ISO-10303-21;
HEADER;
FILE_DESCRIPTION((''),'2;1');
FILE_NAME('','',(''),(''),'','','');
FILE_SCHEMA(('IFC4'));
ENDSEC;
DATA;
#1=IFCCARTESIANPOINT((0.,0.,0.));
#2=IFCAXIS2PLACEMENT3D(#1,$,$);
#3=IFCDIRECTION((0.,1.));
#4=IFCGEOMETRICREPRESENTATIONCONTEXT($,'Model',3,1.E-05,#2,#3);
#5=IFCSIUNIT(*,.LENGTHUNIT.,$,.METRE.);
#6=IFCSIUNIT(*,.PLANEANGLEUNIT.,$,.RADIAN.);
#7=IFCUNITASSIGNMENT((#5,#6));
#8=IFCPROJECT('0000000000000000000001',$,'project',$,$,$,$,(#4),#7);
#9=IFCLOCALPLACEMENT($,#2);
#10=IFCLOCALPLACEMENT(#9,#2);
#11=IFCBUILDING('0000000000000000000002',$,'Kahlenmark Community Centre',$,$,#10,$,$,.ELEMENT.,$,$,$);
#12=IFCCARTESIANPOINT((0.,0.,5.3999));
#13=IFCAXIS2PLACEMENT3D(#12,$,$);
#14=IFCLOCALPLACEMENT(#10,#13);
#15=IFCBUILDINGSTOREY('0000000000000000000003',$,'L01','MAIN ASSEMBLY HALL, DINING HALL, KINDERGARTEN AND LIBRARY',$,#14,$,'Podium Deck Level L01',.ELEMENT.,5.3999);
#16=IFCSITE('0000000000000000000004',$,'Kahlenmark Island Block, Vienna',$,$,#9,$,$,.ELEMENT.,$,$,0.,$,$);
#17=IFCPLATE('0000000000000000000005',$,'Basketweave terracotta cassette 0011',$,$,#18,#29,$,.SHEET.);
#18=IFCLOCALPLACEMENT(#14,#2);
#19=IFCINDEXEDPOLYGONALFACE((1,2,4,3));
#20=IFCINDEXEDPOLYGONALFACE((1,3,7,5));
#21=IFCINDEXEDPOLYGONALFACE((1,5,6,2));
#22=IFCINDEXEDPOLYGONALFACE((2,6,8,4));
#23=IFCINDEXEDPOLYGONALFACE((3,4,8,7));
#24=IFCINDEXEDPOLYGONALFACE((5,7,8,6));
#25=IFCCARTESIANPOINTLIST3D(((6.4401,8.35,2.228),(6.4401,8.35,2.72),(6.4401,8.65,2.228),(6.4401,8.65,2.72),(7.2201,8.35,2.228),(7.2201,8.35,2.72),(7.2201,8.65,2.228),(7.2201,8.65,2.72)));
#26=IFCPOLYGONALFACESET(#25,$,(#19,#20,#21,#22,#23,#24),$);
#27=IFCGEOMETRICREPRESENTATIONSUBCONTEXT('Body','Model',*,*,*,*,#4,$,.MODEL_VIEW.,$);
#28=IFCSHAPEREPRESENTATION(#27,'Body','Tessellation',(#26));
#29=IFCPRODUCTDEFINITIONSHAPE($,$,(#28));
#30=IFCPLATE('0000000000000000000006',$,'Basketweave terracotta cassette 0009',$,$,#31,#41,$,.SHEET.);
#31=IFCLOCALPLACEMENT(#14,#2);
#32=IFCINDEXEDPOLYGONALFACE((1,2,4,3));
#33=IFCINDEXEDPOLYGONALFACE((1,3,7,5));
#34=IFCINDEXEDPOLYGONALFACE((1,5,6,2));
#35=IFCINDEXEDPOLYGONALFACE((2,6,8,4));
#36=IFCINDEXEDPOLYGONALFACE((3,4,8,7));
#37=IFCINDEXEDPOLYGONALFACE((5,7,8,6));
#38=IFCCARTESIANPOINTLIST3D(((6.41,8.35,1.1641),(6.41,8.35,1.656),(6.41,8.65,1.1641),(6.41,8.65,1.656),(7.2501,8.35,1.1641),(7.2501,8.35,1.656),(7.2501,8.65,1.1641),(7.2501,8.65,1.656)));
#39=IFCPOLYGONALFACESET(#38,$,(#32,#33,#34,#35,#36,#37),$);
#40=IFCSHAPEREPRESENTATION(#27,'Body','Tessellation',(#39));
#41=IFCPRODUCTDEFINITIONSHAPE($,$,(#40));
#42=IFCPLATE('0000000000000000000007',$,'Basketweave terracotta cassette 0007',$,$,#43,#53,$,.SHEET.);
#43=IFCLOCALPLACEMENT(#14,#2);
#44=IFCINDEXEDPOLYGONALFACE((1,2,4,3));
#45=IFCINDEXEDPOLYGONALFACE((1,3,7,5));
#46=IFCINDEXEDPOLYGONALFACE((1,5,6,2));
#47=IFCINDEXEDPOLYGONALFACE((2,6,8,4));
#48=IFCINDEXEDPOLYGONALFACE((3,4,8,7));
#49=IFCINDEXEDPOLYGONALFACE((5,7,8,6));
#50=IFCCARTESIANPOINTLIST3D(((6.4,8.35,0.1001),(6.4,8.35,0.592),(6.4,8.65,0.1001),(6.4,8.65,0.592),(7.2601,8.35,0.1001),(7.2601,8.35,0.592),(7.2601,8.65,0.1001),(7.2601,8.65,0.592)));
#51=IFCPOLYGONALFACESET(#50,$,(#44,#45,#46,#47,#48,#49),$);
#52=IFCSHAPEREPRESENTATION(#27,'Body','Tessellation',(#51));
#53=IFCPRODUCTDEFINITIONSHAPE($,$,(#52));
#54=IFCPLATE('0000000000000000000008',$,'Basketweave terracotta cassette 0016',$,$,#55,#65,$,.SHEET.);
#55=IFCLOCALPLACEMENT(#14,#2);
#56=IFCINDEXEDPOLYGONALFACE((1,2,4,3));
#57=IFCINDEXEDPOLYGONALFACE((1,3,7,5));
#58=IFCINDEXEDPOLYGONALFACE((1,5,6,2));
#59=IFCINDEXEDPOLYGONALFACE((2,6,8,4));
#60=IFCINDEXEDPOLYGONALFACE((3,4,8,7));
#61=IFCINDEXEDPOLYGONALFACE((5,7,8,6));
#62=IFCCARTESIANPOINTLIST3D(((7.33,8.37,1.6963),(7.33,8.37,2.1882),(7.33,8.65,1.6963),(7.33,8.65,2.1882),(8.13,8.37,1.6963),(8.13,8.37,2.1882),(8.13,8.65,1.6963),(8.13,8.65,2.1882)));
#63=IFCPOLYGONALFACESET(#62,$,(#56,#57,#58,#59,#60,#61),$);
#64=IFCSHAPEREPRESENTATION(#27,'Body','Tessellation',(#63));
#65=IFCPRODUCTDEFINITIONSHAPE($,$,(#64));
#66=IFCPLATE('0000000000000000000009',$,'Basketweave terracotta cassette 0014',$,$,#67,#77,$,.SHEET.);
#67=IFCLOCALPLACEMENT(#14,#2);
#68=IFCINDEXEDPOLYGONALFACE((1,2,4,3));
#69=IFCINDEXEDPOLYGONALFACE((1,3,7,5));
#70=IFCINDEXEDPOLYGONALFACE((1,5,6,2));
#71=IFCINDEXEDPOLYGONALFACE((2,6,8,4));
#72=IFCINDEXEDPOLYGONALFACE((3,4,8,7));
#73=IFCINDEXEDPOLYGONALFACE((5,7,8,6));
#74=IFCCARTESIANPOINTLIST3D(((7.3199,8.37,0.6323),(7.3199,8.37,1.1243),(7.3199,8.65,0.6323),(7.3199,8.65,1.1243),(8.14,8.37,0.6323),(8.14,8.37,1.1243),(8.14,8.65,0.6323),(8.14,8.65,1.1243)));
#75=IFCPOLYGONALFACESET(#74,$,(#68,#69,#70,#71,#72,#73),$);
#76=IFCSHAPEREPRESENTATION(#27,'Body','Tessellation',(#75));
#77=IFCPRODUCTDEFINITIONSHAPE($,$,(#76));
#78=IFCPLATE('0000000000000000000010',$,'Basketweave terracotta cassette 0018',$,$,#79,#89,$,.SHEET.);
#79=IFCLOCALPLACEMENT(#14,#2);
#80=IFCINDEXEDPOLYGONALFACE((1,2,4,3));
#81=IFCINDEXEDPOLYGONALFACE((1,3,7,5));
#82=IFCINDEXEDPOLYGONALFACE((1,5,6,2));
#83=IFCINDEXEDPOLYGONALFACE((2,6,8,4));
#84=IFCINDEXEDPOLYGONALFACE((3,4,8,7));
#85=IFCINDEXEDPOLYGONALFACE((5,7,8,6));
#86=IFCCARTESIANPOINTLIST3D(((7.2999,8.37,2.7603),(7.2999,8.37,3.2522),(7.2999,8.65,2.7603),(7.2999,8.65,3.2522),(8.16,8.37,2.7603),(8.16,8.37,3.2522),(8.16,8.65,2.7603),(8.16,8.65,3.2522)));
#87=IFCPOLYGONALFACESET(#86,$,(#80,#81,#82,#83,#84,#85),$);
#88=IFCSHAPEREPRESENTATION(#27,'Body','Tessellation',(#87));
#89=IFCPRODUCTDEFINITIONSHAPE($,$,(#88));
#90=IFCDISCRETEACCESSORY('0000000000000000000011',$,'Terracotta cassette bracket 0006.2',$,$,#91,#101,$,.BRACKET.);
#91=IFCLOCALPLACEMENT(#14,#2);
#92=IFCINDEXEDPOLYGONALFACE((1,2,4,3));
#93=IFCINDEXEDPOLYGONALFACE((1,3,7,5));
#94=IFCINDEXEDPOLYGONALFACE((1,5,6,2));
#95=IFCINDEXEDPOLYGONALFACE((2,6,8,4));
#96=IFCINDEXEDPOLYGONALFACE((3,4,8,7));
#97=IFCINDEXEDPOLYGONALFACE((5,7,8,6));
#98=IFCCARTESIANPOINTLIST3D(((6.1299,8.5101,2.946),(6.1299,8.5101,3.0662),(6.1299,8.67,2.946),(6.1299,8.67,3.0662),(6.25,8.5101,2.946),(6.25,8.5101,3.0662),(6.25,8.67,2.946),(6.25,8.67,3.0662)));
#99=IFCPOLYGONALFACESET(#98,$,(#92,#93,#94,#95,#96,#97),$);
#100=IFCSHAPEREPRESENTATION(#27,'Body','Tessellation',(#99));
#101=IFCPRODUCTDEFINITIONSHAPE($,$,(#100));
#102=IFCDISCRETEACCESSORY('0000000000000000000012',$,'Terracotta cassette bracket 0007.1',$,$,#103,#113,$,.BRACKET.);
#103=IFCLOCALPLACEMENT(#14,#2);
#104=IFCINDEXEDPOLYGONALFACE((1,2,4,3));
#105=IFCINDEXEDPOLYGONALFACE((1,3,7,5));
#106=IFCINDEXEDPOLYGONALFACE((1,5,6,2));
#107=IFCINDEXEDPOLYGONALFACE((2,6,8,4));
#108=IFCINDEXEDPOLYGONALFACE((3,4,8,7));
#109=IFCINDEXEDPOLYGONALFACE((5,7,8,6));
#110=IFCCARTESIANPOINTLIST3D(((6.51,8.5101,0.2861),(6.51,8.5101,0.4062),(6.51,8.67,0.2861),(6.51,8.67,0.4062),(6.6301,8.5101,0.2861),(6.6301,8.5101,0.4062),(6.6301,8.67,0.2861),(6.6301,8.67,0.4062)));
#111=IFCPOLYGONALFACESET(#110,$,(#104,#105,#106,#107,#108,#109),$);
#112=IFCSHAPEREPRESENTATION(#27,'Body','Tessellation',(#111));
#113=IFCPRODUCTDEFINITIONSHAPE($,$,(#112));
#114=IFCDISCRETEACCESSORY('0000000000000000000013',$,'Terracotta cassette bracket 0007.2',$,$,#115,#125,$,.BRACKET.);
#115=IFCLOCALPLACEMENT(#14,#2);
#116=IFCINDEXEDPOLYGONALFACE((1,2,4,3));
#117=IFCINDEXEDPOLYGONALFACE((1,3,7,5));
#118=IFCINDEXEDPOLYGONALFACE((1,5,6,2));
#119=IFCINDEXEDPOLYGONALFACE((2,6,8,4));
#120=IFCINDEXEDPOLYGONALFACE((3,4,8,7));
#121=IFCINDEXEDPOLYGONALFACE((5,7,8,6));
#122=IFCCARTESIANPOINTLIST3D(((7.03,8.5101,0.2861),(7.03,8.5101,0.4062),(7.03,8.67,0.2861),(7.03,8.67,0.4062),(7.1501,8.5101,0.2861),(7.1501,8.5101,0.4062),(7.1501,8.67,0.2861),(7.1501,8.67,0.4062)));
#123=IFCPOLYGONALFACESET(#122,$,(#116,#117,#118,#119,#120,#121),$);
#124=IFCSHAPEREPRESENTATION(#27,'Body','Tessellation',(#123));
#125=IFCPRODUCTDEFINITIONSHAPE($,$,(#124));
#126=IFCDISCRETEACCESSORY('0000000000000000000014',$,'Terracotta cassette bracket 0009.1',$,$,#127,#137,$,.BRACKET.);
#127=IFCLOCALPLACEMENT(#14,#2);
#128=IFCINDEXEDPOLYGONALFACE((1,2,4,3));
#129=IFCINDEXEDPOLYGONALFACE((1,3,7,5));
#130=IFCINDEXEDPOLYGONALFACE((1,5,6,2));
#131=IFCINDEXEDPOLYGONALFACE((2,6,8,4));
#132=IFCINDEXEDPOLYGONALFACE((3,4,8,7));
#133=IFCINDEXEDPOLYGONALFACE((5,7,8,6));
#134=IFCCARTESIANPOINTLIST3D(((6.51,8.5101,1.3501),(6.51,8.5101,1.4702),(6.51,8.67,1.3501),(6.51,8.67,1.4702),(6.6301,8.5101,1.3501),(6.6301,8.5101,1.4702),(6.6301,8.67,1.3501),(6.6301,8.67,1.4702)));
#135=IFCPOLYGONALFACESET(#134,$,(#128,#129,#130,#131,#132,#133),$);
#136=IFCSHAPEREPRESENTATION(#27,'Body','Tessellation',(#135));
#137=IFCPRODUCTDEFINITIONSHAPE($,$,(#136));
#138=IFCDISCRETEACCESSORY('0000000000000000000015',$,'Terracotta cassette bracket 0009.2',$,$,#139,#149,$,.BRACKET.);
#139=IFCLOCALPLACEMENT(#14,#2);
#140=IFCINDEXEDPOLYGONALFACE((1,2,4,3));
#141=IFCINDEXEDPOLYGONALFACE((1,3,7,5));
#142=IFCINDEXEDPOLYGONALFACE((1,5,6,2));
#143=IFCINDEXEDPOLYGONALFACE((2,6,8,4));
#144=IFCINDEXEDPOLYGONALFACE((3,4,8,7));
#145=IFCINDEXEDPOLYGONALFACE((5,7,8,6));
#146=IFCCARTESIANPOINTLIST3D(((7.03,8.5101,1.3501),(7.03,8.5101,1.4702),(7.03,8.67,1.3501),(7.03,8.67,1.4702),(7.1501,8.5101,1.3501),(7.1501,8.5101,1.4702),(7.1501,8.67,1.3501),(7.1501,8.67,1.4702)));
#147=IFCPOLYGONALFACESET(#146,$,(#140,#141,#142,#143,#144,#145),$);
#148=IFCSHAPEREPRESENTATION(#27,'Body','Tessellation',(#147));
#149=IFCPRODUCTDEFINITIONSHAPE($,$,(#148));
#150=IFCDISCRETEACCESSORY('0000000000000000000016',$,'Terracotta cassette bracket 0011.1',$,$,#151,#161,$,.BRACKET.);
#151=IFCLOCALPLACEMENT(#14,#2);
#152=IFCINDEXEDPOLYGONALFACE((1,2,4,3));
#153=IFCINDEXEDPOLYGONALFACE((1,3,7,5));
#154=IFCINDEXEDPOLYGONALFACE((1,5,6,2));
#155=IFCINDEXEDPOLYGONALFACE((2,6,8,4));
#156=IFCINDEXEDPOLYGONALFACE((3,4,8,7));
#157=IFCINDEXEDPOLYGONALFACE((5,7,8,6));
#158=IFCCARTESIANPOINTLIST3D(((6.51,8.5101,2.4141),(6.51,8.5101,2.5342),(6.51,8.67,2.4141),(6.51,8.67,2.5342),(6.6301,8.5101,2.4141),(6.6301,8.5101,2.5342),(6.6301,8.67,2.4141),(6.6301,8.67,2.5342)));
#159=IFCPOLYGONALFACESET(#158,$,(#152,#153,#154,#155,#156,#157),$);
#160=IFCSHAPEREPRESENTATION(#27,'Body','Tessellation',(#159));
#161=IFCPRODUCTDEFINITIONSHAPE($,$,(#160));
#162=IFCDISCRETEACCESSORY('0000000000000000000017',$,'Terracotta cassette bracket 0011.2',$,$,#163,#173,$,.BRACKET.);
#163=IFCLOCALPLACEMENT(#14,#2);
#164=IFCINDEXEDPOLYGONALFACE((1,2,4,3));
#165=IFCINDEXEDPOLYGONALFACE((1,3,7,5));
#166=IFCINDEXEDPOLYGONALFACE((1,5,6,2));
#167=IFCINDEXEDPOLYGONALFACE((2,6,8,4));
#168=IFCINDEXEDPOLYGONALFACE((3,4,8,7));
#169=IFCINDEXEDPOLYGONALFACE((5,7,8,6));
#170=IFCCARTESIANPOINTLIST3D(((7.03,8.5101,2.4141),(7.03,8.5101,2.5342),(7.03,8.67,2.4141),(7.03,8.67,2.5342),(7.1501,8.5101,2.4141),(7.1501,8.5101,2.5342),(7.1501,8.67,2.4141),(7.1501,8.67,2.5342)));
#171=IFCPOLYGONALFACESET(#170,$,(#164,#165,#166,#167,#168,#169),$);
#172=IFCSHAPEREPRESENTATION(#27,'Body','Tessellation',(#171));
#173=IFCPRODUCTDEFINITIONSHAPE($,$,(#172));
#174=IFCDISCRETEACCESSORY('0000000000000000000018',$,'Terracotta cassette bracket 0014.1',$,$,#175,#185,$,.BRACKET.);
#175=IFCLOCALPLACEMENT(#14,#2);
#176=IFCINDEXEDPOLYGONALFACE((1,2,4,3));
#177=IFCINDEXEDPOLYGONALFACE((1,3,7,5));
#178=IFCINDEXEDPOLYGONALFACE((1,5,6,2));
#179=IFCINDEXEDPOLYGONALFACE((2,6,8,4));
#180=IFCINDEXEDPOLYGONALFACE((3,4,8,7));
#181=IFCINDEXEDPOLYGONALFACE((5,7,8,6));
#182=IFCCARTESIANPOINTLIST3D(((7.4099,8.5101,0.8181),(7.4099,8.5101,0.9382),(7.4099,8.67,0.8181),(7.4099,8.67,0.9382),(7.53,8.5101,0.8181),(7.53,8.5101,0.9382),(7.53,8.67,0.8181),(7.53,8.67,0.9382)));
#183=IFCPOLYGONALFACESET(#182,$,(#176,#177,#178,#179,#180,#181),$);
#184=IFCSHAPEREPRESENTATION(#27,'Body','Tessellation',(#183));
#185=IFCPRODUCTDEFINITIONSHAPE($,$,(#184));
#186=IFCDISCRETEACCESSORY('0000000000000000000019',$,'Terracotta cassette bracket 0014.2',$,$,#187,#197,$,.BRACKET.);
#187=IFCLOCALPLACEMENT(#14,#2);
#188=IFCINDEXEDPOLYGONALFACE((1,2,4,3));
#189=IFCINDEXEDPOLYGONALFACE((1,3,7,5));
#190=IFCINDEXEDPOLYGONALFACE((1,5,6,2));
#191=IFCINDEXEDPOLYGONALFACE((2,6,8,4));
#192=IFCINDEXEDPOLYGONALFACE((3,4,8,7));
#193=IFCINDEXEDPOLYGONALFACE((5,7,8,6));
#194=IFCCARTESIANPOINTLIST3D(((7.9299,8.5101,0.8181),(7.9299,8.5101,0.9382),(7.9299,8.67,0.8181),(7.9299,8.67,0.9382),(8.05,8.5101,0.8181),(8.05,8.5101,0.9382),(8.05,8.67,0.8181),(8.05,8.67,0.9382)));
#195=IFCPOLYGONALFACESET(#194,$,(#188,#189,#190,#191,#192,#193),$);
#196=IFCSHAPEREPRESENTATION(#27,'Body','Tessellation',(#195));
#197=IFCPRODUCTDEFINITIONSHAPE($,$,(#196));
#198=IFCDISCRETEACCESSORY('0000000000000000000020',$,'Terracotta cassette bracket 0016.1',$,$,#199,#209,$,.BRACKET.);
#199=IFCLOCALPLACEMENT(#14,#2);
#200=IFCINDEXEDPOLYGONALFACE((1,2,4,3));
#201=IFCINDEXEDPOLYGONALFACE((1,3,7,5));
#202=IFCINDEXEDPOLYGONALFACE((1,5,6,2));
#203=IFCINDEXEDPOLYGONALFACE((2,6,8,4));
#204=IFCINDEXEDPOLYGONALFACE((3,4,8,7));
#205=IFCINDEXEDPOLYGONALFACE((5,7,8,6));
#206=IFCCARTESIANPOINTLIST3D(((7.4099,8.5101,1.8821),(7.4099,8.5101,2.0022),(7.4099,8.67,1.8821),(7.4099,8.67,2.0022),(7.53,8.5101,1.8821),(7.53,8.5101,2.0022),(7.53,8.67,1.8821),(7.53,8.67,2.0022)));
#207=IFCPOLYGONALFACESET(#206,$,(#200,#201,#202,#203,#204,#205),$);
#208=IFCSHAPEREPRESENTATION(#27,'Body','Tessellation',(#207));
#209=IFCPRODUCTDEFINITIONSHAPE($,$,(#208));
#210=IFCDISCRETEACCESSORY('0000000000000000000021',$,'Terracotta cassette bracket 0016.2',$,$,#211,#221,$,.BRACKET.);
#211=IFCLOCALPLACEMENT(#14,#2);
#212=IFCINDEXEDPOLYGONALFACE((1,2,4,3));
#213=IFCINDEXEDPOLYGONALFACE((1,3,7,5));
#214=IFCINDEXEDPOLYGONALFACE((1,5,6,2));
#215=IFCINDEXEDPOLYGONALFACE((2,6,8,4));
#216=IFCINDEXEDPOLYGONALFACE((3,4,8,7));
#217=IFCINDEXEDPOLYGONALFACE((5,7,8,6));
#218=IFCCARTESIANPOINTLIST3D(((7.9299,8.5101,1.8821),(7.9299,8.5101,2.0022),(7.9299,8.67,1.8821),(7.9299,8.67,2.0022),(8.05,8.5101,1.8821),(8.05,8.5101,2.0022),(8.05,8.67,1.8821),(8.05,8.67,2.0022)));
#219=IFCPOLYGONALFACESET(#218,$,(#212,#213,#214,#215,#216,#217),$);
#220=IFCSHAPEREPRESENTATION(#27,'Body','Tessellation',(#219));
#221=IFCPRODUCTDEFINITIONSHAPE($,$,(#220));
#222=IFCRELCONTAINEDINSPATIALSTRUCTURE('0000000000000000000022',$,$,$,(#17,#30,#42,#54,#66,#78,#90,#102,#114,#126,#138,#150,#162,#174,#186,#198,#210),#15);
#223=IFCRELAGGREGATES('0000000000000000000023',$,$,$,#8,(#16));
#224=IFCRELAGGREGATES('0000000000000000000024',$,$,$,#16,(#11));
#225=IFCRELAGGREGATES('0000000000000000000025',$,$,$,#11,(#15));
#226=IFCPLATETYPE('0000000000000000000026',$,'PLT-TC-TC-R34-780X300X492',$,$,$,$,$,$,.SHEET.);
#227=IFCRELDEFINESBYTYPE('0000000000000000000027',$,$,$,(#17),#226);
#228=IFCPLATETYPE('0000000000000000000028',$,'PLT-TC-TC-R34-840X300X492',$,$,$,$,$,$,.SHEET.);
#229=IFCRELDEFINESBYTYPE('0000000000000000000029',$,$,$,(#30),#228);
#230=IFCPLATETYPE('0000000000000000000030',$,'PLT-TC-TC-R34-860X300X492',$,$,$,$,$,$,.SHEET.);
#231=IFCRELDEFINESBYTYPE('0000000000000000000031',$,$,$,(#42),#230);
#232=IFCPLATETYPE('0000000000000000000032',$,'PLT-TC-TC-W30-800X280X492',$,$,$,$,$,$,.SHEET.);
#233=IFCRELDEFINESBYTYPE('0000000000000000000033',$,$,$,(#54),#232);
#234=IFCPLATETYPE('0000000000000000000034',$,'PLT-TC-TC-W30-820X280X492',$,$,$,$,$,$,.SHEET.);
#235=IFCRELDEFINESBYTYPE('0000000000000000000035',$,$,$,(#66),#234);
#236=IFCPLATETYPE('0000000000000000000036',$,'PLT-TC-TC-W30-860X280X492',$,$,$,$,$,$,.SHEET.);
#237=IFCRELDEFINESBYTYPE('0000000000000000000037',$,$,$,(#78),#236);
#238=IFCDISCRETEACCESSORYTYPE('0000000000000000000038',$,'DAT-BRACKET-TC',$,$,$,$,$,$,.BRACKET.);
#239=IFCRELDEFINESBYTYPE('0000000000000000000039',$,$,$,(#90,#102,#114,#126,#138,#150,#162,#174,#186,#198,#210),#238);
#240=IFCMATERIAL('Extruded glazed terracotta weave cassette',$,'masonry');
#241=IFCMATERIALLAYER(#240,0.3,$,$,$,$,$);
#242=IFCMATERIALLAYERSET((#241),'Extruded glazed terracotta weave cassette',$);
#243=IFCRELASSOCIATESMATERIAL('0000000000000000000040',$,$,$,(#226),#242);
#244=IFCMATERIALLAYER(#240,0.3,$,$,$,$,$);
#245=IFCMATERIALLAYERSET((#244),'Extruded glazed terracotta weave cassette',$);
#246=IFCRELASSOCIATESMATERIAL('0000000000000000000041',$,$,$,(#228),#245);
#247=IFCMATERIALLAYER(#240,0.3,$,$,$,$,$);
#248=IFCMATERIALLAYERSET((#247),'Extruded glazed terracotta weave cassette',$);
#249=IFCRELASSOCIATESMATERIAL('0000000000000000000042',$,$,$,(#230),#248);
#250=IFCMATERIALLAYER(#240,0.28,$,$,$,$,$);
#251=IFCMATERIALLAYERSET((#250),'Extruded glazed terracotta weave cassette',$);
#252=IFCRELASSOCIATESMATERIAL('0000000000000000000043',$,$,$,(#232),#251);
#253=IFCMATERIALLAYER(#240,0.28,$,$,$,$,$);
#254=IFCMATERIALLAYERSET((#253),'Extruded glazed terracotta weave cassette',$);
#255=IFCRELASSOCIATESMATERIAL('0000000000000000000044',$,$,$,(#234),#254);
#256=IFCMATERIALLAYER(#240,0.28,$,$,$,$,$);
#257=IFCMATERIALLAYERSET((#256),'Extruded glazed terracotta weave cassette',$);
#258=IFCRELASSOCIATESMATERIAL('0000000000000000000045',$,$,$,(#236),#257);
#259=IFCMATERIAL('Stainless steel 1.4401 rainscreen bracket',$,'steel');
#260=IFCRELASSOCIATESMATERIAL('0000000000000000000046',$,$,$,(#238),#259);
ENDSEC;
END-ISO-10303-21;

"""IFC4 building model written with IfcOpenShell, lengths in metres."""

from ifc_helpers import new_model, si_unit, direction, frame, origin, origin_2d, place, context, subcontext, project, spatial, rectangle, extrude, material, layer, layer_set, type_object, element, save


model = new_model("IFC4")

# Units and contexts
model_context = context("Model", 3, precision=1e-05, world=origin(), true_north=direction((0.0, 1.0)))
body_context = subcontext(model_context, "Body", "Model", "MODEL_VIEW")
ifc_project = project(units=[si_unit("LENGTHUNIT", "METRE"), si_unit("PLANEANGLEUNIT", "RADIAN")], contexts=[model_context])

# Site, building, storey
site_placement = place(None, origin())
site = spatial("IfcSite", under=ifc_project, at=site_placement, Name="Kahlenmark Island Block, Vienna", CompositionType="ELEMENT", RefElevation=0.0)
building_placement = place(site_placement, origin())
building = spatial("IfcBuilding", under=site, at=building_placement, Name="Kahlenmark Community Centre", CompositionType="ELEMENT")
storey_placement = place(building_placement, frame((0.0, 0.0, 5.3999)))
storey = spatial("IfcBuildingStorey", under=building, at=storey_placement, Name="L01", Description="MAIN ASSEMBLY HALL, DINING HALL, KINDERGARTEN AND LIBRARY", LongName="Podium Deck Level L01", CompositionType="ELEMENT", Elevation=5.3999)

# Plates
ifc_material_1 = material(Name="Extruded glazed terracotta weave cassette", Category="masonry")
ifc_layer_1 = layer(ifc_material_1, 0.3)
ifc_layer_set_1 = layer_set([ifc_layer_1], Name="Extruded glazed terracotta weave cassette")
plate_type_1 = type_object("IfcPlateType", Name="PLT-TC-TC-R34-780X300X492", PredefinedType="SHEET", material=ifc_layer_set_1)
plate_1_placement = place(storey_placement, frame((6.8301, 8.5, 2.228), z_axis=(0.0, 0.0, 1.0), x_axis=(1.0, 0.0, 0.0)))
element("IfcPlate", 1, at=plate_1_placement, inside=storey, type_object=plate_type_1, Name="Basketweave terracotta cassette 0011", PredefinedType="SHEET", context=body_context, shape_type="SweptSolid", body=[
    extrude(rectangle(XDim=0.78, YDim=0.3, at=origin_2d()), origin(), (0.0, 0.0, 1.0), 0.4919),
])
ifc_layer_2 = layer(ifc_material_1, 0.3)
ifc_layer_set_2 = layer_set([ifc_layer_2], Name="Extruded glazed terracotta weave cassette")
plate_type_2 = type_object("IfcPlateType", Name="PLT-TC-TC-R34-840X300X492", PredefinedType="SHEET", material=ifc_layer_set_2)
plate_2_placement = place(storey_placement, frame((6.8301, 8.5, 1.1641), z_axis=(0.0, 0.0, 1.0), x_axis=(1.0, 0.0, 0.0)))
element("IfcPlate", 2, at=plate_2_placement, inside=storey, type_object=plate_type_2, Name="Basketweave terracotta cassette 0009", PredefinedType="SHEET", context=body_context, shape_type="SweptSolid", body=[
    extrude(rectangle(XDim=0.8401, YDim=0.3, at=origin_2d()), origin(), (0.0, 0.0, 1.0), 0.4919),
])
ifc_layer_3 = layer(ifc_material_1, 0.3)
ifc_layer_set_3 = layer_set([ifc_layer_3], Name="Extruded glazed terracotta weave cassette")
plate_type_3 = type_object("IfcPlateType", Name="PLT-TC-TC-R34-860X300X492", PredefinedType="SHEET", material=ifc_layer_set_3)
plate_3_placement = place(storey_placement, frame((6.8301, 8.5, 0.1001), z_axis=(0.0, 0.0, 1.0), x_axis=(1.0, 0.0, 0.0)))
element("IfcPlate", 3, at=plate_3_placement, inside=storey, type_object=plate_type_3, Name="Basketweave terracotta cassette 0007", PredefinedType="SHEET", context=body_context, shape_type="SweptSolid", body=[
    extrude(rectangle(XDim=0.8601, YDim=0.3, at=origin_2d()), origin(), (0.0, 0.0, 1.0), 0.4919),
])
ifc_layer_4 = layer(ifc_material_1, 0.28)
ifc_layer_set_4 = layer_set([ifc_layer_4], Name="Extruded glazed terracotta weave cassette")
plate_type_4 = type_object("IfcPlateType", Name="PLT-TC-TC-W30-800X280X492", PredefinedType="SHEET", material=ifc_layer_set_4)
plate_4_placement = place(storey_placement, frame((7.73, 8.51, 1.6963), z_axis=(0.0, 0.0, 1.0), x_axis=(1.0, 0.0, 0.0)))
element("IfcPlate", 4, at=plate_4_placement, inside=storey, type_object=plate_type_4, Name="Basketweave terracotta cassette 0016", PredefinedType="SHEET", context=body_context, shape_type="SweptSolid", body=[
    extrude(rectangle(XDim=0.8, YDim=0.28, at=origin_2d()), origin(), (0.0, 0.0, 1.0), 0.4919),
])
ifc_layer_5 = layer(ifc_material_1, 0.28)
ifc_layer_set_5 = layer_set([ifc_layer_5], Name="Extruded glazed terracotta weave cassette")
plate_type_5 = type_object("IfcPlateType", Name="PLT-TC-TC-W30-820X280X492", PredefinedType="SHEET", material=ifc_layer_set_5)
plate_5_placement = place(storey_placement, frame((7.73, 8.51, 0.6323), z_axis=(0.0, 0.0, 1.0), x_axis=(1.0, 0.0, 0.0)))
element("IfcPlate", 5, at=plate_5_placement, inside=storey, type_object=plate_type_5, Name="Basketweave terracotta cassette 0014", PredefinedType="SHEET", context=body_context, shape_type="SweptSolid", body=[
    extrude(rectangle(XDim=0.8201, YDim=0.28, at=origin_2d()), origin(), (0.0, 0.0, 1.0), 0.4919),
])
ifc_layer_6 = layer(ifc_material_1, 0.28)
ifc_layer_set_6 = layer_set([ifc_layer_6], Name="Extruded glazed terracotta weave cassette")
plate_type_6 = type_object("IfcPlateType", Name="PLT-TC-TC-W30-860X280X492", PredefinedType="SHEET", material=ifc_layer_set_6)
plate_6_placement = place(storey_placement, frame((7.73, 8.51, 2.7603), z_axis=(0.0, 0.0, 1.0), x_axis=(1.0, 0.0, 0.0)))
element("IfcPlate", 6, at=plate_6_placement, inside=storey, type_object=plate_type_6, Name="Basketweave terracotta cassette 0018", PredefinedType="SHEET", context=body_context, shape_type="SweptSolid", body=[
    extrude(rectangle(XDim=0.8601, YDim=0.28, at=origin_2d()), origin(), (0.0, 0.0, 1.0), 0.4919),
])

# Discrete accessories
ifc_material_2 = material(Name="Stainless steel 1.4401 rainscreen bracket", Category="steel")
discrete_accessory_type = type_object("IfcDiscreteAccessoryType", Name="DAT-BRACKET-TC", PredefinedType="BRACKET", material=ifc_material_2)
for number, where, z_axis, x_axis, name in (
    (7, (6.1899, 8.5901, 2.946), (0.0, 0.0, 1.0), (1.0, 0.0, 0.0), "Terracotta cassette bracket 0006.2"),
    (8, (6.5701, 8.5901, 0.2861), (0.0, 0.0, 1.0), (1.0, 0.0, 0.0), "Terracotta cassette bracket 0007.1"),
    (9, (7.0901, 8.5901, 0.2861), (0.0, 0.0, 1.0), (1.0, 0.0, 0.0), "Terracotta cassette bracket 0007.2"),
    (10, (6.5701, 8.5901, 1.3501), (0.0, 0.0, 1.0), (1.0, 0.0, 0.0), "Terracotta cassette bracket 0009.1"),
    (11, (7.0901, 8.5901, 1.3501), (0.0, 0.0, 1.0), (1.0, 0.0, 0.0), "Terracotta cassette bracket 0009.2"),
    (12, (6.5701, 8.5901, 2.4141), (0.0, 0.0, 1.0), (1.0, 0.0, 0.0), "Terracotta cassette bracket 0011.1"),
    (13, (7.0901, 8.5901, 2.4141), (0.0, 0.0, 1.0), (1.0, 0.0, 0.0), "Terracotta cassette bracket 0011.2"),
    (14, (7.47, 8.5901, 0.8181), (0.0, 0.0, 1.0), (1.0, 0.0, 0.0), "Terracotta cassette bracket 0014.1"),
    (15, (7.99, 8.5901, 0.8181), (0.0, 0.0, 1.0), (1.0, 0.0, 0.0), "Terracotta cassette bracket 0014.2"),
    (16, (7.47, 8.5901, 1.8821), (0.0, 0.0, 1.0), (1.0, 0.0, 0.0), "Terracotta cassette bracket 0016.1"),
    (17, (7.99, 8.5901, 1.8821), (0.0, 0.0, 1.0), (1.0, 0.0, 0.0), "Terracotta cassette bracket 0016.2"),
):
    element("IfcDiscreteAccessory", number, at=place(storey_placement, frame(where, z_axis=z_axis, x_axis=x_axis)), inside=storey, type_object=discrete_accessory_type, Name=name, PredefinedType="BRACKET", context=body_context, shape_type="SweptSolid", body=[
        extrude(rectangle(XDim=0.1201, YDim=0.1599, at=origin_2d()), origin(), (0.0, 0.0, 1.0), 0.1201),
    ])

save(model, "model.ifc")
